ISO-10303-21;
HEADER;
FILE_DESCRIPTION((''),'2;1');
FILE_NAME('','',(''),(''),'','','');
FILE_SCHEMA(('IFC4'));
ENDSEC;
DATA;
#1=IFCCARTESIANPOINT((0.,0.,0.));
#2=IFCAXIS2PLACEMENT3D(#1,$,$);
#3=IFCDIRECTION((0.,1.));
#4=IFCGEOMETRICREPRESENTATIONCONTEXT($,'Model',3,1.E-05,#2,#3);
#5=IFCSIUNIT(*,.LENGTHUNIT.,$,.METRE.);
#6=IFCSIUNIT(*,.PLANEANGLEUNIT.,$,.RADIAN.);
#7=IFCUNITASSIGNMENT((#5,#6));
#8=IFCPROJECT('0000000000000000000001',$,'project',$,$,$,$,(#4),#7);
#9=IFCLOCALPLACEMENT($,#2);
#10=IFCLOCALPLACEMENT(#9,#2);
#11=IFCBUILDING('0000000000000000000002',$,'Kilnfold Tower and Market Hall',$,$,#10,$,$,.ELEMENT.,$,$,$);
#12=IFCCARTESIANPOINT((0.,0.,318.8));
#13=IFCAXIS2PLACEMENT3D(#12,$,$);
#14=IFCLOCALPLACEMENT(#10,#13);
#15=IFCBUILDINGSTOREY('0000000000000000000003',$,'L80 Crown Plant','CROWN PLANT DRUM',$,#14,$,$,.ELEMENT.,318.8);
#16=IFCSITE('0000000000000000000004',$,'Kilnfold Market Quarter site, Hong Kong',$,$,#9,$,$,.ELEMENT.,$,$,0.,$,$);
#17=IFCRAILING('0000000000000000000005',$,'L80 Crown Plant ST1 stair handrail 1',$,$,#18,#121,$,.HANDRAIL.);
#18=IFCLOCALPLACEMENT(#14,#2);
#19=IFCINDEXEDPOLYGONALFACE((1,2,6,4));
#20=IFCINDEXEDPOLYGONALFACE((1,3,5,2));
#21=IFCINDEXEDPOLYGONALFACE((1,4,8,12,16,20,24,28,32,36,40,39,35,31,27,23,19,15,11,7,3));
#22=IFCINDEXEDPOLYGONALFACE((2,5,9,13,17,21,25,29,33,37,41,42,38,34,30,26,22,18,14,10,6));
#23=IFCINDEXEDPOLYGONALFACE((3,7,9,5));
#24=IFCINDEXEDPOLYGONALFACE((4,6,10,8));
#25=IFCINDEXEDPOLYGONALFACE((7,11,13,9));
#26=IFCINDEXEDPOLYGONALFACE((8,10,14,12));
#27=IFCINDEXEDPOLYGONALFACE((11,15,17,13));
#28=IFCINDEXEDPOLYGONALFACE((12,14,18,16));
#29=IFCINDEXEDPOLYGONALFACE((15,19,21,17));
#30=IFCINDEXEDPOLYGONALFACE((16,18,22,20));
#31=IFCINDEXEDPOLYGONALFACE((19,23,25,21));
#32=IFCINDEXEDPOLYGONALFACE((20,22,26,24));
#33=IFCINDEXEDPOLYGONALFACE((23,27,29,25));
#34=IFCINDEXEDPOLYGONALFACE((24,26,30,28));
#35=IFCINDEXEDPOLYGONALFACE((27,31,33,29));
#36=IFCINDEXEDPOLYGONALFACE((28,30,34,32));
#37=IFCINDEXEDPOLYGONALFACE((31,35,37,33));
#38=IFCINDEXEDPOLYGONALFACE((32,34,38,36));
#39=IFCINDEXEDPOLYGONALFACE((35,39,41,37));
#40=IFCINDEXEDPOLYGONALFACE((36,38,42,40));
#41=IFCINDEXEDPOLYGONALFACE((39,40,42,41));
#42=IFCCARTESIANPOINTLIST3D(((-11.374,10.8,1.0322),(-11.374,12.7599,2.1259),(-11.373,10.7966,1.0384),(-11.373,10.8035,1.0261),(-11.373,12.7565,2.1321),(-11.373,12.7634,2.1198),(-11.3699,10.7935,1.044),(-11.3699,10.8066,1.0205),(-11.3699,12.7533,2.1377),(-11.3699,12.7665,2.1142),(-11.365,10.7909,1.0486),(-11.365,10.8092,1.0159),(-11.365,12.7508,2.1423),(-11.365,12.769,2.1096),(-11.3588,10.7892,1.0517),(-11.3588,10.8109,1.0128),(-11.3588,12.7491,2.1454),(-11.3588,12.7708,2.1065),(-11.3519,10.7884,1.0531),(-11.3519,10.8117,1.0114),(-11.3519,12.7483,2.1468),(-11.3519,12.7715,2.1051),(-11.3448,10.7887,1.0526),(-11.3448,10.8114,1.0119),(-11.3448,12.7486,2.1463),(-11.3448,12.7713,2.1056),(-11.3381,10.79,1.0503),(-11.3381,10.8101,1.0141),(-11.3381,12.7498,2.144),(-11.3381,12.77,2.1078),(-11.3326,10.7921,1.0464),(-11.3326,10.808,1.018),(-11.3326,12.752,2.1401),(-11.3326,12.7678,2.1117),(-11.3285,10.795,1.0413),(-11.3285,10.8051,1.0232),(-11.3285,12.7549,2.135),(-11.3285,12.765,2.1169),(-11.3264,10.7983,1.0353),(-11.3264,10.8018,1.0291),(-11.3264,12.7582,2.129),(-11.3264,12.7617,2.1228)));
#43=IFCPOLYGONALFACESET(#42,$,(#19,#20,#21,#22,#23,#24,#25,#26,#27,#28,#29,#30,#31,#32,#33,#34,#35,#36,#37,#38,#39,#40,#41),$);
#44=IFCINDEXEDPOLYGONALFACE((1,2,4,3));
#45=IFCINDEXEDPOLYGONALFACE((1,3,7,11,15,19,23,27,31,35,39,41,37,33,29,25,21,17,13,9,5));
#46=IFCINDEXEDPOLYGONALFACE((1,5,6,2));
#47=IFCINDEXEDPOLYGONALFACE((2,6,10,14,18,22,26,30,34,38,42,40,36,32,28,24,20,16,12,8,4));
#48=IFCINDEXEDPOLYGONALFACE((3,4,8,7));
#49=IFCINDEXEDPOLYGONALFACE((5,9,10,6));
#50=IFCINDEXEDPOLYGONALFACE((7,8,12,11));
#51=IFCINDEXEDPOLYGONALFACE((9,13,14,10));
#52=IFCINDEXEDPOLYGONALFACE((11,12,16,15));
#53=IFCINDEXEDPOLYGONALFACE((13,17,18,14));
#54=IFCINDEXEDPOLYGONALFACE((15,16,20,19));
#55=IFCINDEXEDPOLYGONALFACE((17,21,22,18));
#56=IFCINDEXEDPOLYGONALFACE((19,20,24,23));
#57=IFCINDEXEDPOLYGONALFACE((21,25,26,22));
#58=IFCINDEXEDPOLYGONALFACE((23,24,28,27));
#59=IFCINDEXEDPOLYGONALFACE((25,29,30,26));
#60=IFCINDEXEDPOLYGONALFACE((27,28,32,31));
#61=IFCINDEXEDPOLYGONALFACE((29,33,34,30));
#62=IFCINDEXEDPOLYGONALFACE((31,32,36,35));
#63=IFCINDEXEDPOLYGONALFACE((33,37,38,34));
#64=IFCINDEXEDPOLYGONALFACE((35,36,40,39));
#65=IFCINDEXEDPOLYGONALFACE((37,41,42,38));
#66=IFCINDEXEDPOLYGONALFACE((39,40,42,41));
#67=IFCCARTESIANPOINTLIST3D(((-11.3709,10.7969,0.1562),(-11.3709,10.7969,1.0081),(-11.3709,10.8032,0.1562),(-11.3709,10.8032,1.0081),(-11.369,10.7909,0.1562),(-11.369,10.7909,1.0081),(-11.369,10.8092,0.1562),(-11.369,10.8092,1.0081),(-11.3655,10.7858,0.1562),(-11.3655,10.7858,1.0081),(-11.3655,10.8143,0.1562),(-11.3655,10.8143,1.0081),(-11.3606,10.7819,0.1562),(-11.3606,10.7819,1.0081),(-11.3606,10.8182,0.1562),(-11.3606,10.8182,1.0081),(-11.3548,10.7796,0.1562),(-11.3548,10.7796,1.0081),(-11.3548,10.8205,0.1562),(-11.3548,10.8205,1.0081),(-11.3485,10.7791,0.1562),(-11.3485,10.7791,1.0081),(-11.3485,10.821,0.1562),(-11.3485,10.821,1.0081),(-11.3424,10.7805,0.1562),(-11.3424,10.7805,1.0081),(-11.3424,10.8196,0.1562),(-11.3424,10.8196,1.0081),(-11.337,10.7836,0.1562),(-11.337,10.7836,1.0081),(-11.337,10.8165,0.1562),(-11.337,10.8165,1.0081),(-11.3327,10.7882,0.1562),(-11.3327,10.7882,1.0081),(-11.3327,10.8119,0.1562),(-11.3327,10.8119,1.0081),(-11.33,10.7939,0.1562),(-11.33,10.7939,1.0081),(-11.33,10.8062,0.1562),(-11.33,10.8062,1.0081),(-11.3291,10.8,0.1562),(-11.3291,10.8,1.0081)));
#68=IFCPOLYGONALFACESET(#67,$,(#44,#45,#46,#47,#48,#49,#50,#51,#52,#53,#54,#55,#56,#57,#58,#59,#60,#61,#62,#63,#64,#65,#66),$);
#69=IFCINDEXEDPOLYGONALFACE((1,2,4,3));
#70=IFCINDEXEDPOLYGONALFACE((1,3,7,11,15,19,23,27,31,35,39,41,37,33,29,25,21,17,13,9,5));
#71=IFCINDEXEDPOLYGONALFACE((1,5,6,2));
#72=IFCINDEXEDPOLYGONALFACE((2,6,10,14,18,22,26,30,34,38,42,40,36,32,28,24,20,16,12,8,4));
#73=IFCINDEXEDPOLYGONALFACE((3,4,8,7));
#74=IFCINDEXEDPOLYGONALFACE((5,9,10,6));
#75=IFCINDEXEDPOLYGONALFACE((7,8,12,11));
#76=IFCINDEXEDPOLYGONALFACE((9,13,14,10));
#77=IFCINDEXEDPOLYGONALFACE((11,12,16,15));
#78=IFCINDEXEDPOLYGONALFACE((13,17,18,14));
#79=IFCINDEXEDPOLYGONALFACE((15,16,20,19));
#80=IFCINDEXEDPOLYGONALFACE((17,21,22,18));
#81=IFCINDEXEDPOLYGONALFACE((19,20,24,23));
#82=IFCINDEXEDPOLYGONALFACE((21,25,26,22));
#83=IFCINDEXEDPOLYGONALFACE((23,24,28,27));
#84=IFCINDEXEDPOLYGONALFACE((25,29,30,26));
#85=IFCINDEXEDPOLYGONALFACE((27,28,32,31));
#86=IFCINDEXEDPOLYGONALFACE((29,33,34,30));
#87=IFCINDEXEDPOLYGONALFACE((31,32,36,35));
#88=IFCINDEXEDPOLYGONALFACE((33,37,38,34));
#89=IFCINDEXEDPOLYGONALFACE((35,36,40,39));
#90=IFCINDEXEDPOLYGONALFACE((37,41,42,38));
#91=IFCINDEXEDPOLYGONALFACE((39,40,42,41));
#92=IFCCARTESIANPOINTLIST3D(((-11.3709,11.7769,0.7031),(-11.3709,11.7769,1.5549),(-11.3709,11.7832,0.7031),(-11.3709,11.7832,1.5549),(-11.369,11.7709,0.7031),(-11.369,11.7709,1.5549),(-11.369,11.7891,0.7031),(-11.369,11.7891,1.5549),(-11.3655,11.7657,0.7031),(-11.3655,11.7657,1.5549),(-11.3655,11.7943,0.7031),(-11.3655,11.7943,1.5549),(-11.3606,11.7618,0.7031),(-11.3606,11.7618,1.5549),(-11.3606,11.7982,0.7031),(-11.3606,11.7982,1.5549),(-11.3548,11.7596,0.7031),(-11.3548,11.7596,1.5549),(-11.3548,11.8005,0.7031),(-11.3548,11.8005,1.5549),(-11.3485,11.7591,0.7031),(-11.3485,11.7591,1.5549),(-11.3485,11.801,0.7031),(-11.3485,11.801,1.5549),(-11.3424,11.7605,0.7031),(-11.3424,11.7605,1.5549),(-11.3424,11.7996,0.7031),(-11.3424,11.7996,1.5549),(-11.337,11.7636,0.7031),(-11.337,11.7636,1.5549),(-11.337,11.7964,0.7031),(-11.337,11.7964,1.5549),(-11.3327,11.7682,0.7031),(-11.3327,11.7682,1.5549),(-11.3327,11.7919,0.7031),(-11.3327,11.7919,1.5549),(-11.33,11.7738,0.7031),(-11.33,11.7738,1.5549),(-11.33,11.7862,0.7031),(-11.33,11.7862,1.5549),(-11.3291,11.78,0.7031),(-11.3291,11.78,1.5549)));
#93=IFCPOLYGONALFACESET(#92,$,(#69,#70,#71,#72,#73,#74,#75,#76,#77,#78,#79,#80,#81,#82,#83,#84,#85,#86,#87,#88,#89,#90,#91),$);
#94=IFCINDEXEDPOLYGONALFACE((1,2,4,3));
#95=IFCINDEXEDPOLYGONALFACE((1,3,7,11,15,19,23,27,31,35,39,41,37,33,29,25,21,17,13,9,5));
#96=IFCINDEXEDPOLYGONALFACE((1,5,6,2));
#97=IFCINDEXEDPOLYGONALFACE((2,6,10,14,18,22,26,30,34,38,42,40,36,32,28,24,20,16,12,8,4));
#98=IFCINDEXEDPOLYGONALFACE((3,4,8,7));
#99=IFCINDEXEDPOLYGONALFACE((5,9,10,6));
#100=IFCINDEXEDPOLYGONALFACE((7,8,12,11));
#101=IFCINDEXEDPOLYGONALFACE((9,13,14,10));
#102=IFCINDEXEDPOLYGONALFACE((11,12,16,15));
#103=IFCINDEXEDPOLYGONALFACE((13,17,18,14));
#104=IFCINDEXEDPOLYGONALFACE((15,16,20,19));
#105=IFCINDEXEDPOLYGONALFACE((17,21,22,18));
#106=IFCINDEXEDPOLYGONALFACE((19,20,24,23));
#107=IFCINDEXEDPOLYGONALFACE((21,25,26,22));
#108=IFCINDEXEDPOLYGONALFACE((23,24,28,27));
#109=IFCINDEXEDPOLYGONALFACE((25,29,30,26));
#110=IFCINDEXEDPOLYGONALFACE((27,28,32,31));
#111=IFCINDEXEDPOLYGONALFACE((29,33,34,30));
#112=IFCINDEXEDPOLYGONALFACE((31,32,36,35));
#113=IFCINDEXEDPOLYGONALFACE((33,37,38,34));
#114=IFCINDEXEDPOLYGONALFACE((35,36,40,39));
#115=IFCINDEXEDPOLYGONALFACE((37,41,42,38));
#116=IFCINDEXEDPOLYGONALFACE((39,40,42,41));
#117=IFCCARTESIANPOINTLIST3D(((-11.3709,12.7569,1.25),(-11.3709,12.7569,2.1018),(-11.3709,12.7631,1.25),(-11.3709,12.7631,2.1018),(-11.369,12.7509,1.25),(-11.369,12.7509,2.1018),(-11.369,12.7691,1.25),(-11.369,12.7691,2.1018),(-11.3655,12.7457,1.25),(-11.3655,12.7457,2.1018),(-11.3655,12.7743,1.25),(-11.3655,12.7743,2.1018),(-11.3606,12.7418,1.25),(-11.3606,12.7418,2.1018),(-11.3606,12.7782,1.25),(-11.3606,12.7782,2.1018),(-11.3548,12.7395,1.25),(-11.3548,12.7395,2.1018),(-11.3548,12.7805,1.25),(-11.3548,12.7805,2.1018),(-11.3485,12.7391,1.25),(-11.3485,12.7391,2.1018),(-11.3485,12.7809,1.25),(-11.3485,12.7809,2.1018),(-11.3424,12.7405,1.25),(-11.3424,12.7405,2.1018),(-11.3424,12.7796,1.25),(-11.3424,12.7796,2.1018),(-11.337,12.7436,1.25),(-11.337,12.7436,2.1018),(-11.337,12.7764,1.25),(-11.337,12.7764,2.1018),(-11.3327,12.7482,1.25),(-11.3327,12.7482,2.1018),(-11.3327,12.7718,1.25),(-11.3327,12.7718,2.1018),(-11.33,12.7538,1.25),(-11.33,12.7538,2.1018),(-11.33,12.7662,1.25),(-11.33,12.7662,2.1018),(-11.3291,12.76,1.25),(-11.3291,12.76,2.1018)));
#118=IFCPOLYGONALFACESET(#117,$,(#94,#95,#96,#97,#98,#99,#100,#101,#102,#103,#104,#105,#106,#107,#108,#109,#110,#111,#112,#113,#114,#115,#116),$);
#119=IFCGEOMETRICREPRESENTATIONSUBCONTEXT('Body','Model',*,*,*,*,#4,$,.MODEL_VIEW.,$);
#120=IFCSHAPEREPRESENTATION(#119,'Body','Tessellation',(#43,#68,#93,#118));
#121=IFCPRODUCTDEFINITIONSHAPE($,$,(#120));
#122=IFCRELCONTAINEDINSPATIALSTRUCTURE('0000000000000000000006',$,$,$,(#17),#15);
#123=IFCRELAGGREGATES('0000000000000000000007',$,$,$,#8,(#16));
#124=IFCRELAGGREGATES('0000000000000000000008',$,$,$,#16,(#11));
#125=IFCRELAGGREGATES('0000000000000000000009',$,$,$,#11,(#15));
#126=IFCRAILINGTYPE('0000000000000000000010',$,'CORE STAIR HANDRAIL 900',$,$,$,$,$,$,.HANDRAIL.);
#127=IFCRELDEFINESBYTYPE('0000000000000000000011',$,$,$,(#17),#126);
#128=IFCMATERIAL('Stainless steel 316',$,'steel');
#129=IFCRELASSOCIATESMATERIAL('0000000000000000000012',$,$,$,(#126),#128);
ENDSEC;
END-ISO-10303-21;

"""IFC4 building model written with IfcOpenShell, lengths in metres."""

from ifc_helpers import new_model, si_unit, direction, frame, origin, origin_2d, place, context, subcontext, project, spatial, circle, extrude, material, type_object, element, save


model = new_model("IFC4")

# Units and contexts
model_context = context("Model", 3, precision=1e-05, world=origin(), true_north=direction((0.0, 1.0)))
body_context = subcontext(model_context, "Body", "Model", "MODEL_VIEW")
ifc_project = project(units=[si_unit("LENGTHUNIT", "METRE"), si_unit("PLANEANGLEUNIT", "RADIAN")], contexts=[model_context])

# Site, building, storey
site_placement = place(None, origin())
site = spatial("IfcSite", under=ifc_project, at=site_placement, Name="Kilnfold Market Quarter site, Hong Kong", CompositionType="ELEMENT", RefElevation=0.0)
building_placement = place(site_placement, origin())
building = spatial("IfcBuilding", under=site, at=building_placement, Name="Kilnfold Tower and Market Hall", CompositionType="ELEMENT")
storey_placement = place(building_placement, frame((0.0, 0.0, 318.8)))
storey = spatial("IfcBuildingStorey", under=building, at=storey_placement, Name="L80 Crown Plant", Description="CROWN PLANT DRUM", CompositionType="ELEMENT", Elevation=318.8)

# Railing
ifc_material_1 = material(Name="Stainless steel 316", Category="steel")
railing_type_1 = type_object("IfcRailingType", Name="CORE STAIR HANDRAIL 900", PredefinedType="HANDRAIL", material=ifc_material_1)
railing_1_placement = place(storey_placement, frame((-11.3501, 10.8, 0.1562)))
element("IfcRailing", 1, at=railing_1_placement, inside=storey, type_object=railing_type_1, Name="L80 Crown Plant ST1 stair handrail 1", PredefinedType="HANDRAIL", context=body_context, shape_type="SweptSolid", body=[
    extrude(circle(Radius=0.0239, at=origin_2d()), frame((0.0, 0.0, 0.876), z_axis=(0.0, 0.873232, 0.487304), x_axis=(-1.0, 0.0, 0.0)), (0.0, 0.0, 1.0), 2.2444),
    extrude(circle(Radius=0.021, at=origin_2d()), origin(), (0.0, 0.0, 1.0), 0.8518),
    extrude(circle(Radius=0.021, at=origin_2d()), frame((0.0, 0.98, 0.5469)), (0.0, 0.0, 1.0), 0.8518),
    extrude(circle(Radius=0.021, at=origin_2d()), frame((0.0, 1.96, 1.0938)), (0.0, 0.0, 1.0), 0.8518),
])

save(model, "model.ifc")
